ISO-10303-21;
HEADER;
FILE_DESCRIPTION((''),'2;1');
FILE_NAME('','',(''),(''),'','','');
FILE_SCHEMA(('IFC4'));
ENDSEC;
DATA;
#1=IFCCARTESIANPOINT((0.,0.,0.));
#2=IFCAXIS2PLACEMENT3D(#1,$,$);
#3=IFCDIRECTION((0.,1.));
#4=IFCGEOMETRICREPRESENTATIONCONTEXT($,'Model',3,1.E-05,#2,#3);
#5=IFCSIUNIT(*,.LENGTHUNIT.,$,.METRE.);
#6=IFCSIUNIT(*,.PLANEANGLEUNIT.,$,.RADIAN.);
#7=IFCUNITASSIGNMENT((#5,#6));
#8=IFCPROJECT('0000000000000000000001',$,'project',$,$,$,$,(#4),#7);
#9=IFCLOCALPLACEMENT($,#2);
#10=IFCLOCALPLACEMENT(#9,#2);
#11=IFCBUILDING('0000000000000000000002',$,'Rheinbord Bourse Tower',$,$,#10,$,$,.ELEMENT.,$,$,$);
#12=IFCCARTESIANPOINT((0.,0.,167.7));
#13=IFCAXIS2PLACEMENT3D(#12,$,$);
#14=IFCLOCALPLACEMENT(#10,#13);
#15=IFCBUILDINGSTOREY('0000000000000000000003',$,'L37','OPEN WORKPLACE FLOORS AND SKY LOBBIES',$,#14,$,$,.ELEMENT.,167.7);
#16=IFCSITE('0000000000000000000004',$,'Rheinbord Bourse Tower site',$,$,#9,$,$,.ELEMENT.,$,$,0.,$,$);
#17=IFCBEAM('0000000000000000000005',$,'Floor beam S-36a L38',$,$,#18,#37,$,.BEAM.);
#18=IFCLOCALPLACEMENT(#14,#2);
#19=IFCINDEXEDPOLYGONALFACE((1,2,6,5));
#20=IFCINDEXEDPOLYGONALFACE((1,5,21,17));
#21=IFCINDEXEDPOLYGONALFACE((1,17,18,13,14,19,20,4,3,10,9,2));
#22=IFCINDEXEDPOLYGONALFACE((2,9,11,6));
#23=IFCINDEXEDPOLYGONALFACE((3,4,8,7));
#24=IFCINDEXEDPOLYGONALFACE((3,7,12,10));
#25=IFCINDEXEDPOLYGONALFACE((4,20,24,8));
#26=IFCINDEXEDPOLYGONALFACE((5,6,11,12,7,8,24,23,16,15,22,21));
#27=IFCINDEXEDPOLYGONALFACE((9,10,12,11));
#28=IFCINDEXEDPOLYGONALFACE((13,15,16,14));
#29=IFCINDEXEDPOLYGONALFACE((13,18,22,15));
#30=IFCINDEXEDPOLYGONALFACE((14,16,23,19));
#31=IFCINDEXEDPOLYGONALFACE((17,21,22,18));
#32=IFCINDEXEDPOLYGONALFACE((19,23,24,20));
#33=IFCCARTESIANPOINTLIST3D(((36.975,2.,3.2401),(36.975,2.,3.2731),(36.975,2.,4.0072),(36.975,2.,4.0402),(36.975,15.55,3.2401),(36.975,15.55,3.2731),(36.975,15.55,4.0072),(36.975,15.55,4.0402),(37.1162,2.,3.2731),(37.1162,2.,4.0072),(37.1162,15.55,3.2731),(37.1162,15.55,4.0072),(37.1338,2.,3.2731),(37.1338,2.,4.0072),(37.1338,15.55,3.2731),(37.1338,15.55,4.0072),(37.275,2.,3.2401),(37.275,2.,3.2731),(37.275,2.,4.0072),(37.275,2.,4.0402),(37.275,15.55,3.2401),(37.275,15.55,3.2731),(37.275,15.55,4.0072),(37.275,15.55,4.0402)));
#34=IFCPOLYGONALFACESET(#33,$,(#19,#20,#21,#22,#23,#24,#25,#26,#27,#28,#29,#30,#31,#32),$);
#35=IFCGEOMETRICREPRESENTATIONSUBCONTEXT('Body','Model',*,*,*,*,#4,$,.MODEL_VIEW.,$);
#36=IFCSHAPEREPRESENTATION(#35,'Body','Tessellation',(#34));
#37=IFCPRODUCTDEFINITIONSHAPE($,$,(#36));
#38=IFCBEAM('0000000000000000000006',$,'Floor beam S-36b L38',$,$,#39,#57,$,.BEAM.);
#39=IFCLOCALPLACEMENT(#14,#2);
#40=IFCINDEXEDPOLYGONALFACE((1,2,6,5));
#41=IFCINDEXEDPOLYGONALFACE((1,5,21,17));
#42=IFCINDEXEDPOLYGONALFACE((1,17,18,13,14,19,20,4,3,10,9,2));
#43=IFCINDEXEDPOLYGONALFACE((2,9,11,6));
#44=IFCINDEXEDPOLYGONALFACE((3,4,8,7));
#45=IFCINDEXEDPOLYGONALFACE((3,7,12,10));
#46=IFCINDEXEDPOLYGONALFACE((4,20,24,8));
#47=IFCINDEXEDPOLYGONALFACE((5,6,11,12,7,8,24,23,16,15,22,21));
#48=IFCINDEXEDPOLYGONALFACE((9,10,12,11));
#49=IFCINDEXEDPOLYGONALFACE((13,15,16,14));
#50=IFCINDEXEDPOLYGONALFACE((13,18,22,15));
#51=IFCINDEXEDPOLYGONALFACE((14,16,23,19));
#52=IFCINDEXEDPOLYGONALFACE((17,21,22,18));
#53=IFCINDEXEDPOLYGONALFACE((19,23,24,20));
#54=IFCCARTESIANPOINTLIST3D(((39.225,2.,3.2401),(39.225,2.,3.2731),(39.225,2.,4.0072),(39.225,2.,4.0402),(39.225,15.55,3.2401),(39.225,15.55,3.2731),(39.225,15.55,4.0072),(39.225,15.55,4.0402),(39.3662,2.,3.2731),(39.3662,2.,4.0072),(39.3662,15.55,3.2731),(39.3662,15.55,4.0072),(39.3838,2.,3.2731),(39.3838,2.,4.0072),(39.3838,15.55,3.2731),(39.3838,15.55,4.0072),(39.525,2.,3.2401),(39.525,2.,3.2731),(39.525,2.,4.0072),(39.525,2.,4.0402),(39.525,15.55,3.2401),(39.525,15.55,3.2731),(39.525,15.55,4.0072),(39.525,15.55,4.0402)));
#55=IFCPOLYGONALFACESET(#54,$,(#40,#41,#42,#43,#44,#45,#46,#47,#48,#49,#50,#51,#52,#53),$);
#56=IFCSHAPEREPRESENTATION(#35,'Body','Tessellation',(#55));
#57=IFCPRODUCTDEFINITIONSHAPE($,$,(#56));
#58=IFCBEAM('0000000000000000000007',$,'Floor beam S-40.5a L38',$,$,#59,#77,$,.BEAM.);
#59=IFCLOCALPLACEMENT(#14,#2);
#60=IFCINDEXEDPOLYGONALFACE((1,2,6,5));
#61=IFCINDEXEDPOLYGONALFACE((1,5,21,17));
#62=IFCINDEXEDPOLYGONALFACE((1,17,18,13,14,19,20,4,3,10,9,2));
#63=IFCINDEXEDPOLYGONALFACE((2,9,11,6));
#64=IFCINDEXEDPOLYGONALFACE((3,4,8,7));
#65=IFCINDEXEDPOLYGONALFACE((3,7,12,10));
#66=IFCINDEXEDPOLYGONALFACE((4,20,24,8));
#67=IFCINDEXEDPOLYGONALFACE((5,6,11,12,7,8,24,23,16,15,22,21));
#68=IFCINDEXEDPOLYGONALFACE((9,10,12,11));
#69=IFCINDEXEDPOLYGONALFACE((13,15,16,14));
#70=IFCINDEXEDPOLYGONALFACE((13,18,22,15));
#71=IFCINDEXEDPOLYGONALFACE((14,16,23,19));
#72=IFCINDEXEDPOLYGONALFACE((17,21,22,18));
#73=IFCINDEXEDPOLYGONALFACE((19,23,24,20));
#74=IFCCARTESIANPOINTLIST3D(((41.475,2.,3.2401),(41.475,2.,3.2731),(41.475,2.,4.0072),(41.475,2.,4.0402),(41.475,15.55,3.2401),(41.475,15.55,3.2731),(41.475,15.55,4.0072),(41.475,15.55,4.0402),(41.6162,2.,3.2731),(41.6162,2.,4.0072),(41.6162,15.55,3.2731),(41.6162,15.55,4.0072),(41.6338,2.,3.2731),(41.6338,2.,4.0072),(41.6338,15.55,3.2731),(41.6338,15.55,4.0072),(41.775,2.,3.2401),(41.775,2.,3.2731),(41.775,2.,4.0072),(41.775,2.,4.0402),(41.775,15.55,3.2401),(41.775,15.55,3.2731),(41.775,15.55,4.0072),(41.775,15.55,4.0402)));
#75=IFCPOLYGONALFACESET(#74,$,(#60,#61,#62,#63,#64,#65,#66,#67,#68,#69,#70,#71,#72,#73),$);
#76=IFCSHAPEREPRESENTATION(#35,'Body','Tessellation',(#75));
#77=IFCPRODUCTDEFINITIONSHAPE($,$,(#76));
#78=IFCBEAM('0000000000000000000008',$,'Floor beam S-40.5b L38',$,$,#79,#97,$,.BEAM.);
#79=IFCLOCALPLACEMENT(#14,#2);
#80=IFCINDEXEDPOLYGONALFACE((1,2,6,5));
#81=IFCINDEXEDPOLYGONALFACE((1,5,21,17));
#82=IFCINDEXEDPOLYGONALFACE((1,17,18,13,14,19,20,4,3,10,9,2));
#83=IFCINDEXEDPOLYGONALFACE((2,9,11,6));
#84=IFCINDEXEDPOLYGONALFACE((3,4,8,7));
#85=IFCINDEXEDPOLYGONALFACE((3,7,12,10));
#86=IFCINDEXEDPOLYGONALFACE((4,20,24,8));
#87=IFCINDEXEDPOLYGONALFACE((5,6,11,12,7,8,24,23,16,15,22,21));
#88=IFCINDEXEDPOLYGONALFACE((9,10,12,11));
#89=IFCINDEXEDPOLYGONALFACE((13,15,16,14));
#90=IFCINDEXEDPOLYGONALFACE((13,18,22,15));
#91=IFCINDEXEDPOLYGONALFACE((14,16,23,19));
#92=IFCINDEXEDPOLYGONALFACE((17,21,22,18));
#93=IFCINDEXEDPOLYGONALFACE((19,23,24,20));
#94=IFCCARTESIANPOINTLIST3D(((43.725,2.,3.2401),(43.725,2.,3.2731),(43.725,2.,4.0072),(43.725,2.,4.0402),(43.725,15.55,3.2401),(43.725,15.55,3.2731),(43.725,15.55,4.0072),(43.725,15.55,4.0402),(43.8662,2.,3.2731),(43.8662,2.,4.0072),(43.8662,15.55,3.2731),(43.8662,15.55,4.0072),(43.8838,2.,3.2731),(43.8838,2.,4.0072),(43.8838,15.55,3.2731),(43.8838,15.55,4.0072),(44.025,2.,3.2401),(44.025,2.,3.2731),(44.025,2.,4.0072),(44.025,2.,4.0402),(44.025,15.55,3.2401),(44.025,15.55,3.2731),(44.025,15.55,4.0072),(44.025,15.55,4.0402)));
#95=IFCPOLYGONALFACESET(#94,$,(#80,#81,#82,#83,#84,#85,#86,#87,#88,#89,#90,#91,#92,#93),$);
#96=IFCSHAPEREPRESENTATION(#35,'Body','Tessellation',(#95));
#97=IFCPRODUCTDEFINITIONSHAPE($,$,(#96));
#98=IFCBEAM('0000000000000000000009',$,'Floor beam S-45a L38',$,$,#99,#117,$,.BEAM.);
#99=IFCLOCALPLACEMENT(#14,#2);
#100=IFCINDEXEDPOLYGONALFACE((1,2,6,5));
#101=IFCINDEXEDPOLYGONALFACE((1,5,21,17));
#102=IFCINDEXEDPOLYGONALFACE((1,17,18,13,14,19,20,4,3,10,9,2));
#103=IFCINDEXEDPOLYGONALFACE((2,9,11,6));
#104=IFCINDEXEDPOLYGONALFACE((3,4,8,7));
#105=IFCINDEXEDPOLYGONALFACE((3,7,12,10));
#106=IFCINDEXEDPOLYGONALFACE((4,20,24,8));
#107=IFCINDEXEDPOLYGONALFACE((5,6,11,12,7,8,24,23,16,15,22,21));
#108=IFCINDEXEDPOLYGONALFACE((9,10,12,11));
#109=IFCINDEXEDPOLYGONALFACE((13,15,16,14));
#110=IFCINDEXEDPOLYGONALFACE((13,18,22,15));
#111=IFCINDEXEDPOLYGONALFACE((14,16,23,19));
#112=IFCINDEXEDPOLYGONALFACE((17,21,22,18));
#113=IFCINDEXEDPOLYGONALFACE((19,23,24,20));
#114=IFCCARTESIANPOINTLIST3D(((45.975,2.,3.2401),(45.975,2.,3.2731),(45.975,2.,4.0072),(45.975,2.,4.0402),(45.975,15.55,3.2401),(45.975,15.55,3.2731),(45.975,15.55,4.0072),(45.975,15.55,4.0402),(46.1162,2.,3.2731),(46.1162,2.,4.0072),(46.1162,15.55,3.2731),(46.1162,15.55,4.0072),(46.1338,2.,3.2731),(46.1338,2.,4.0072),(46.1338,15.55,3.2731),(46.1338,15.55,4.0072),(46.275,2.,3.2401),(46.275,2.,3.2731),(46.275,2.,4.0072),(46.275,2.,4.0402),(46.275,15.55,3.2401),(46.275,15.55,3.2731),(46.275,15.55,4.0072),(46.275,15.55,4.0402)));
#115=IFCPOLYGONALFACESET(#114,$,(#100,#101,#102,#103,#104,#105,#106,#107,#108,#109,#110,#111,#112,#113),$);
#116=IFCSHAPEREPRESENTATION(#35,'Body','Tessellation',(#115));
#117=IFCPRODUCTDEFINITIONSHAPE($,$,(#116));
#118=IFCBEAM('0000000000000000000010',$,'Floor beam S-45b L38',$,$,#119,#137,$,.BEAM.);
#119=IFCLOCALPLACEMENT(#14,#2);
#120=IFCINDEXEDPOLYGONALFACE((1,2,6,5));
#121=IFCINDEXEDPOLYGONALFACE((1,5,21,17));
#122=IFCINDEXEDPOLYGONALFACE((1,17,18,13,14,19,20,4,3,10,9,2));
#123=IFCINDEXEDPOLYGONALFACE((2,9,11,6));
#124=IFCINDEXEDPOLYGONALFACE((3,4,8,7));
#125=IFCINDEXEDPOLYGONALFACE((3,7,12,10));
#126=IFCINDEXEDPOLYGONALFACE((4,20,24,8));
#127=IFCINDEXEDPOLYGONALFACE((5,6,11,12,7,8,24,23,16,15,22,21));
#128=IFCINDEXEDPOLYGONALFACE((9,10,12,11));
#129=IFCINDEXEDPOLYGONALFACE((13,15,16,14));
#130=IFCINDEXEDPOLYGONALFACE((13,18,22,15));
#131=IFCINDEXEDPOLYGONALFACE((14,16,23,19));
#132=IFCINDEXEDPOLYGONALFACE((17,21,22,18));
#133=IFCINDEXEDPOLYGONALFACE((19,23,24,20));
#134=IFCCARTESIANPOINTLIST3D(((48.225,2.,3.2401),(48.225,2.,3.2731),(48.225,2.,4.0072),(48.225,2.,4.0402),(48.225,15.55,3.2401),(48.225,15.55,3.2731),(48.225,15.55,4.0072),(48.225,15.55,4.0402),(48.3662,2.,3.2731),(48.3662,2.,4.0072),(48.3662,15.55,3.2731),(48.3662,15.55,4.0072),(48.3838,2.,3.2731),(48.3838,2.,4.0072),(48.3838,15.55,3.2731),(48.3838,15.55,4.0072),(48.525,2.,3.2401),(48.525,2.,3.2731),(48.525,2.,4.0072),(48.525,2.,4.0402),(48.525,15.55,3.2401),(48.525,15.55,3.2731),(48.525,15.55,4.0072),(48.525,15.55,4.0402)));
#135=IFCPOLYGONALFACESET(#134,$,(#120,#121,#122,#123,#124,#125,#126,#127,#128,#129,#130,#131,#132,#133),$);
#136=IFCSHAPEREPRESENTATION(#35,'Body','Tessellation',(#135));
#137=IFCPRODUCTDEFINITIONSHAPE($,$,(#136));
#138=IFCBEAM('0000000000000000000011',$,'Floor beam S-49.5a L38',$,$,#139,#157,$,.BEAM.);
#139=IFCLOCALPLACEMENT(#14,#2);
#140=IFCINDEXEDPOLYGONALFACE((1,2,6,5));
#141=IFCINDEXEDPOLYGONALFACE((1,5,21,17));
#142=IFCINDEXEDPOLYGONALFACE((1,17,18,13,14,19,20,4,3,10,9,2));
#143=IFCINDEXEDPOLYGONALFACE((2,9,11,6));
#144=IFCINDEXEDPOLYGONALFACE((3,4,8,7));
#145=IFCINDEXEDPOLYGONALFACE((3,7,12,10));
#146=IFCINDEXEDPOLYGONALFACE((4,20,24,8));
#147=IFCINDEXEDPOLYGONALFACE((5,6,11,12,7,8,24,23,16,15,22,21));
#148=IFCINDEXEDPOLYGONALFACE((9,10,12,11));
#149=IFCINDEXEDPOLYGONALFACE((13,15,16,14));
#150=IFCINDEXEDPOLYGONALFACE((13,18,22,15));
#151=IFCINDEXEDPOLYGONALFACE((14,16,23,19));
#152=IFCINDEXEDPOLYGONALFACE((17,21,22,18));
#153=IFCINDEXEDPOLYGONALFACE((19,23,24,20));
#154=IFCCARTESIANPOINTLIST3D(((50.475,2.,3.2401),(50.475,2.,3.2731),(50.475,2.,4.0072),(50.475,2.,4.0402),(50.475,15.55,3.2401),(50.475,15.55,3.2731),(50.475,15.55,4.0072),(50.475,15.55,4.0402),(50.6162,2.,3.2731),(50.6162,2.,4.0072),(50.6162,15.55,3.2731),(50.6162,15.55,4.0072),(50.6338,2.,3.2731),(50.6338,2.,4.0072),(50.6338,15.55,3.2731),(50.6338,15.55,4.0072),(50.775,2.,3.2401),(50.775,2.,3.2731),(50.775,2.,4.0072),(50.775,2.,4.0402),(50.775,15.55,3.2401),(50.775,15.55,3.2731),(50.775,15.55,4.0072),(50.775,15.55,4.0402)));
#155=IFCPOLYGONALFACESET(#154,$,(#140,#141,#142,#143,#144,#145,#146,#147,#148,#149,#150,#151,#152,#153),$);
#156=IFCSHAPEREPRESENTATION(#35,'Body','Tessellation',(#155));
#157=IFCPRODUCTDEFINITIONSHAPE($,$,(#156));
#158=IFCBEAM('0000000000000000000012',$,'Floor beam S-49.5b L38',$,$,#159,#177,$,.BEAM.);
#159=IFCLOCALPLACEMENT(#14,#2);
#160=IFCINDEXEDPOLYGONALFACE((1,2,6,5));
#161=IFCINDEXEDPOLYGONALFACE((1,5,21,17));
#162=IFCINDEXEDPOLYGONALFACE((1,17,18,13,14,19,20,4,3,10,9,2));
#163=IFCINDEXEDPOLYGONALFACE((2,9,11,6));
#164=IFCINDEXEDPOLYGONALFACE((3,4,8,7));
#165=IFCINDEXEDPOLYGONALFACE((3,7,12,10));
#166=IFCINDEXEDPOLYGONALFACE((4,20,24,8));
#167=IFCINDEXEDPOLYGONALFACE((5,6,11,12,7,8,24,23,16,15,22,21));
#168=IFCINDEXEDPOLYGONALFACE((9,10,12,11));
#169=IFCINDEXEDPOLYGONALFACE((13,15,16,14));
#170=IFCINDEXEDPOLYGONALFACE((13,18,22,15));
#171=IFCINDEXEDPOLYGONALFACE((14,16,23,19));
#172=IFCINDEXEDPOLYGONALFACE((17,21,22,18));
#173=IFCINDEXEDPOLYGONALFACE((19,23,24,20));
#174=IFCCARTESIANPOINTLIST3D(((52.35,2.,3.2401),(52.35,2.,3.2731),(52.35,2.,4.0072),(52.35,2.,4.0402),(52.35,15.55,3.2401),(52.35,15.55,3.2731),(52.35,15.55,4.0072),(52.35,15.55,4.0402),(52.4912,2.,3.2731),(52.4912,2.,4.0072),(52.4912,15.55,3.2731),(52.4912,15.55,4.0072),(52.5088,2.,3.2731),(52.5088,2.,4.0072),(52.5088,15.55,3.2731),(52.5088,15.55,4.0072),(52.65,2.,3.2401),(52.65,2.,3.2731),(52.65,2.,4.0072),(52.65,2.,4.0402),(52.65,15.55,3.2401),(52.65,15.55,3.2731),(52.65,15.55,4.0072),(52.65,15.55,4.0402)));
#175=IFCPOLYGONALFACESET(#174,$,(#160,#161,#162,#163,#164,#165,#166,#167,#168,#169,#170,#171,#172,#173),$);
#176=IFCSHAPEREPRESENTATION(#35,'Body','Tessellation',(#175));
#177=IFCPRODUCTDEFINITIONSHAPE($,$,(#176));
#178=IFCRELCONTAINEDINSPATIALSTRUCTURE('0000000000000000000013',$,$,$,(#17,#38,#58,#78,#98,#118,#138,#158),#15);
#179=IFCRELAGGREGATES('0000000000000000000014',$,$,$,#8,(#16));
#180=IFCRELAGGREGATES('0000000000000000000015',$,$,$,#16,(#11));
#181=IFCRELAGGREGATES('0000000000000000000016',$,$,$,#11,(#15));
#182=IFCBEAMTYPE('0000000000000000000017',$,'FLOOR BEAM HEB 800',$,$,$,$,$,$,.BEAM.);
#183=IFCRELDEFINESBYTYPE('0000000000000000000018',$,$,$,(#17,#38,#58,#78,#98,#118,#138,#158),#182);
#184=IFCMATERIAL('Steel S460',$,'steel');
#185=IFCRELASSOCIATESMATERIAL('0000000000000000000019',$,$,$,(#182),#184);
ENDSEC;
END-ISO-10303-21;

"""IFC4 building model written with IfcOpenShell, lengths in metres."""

from ifc_helpers import new_model, si_unit, direction, frame, origin, origin_2d, place, context, subcontext, project, spatial, i_section, extrude, material, material_profile, profile_set, type_object, element, save


model = new_model("IFC4")

# Units and contexts
model_context = context("Model", 3, precision=1e-05, world=origin(), true_north=direction((0.0, 1.0)))
body_context = subcontext(model_context, "Body", "Model", "MODEL_VIEW")
ifc_project = project(units=[si_unit("LENGTHUNIT", "METRE"), si_unit("PLANEANGLEUNIT", "RADIAN")], contexts=[model_context])

# Site, building, storey
site_placement = place(None, origin())
site = spatial("IfcSite", under=ifc_project, at=site_placement, Name="Rheinbord Bourse Tower site", CompositionType="ELEMENT", RefElevation=0.0)
building_placement = place(site_placement, origin())
building = spatial("IfcBuilding", under=site, at=building_placement, Name="Rheinbord Bourse Tower", CompositionType="ELEMENT")
storey_placement = place(building_placement, frame((0.0, 0.0, 167.7)))
storey = spatial("IfcBuildingStorey", under=building, at=storey_placement, Name="L37", Description="OPEN WORKPLACE FLOORS AND SKY LOBBIES", CompositionType="ELEMENT", Elevation=167.7)

# Beams
ifc_material_1 = material(Name="Steel S460", Category="steel")
ifc_material_profile_1 = material_profile(ifc_material_1, i_section(OverallWidth=0.3, OverallDepth=0.8, WebThickness=0.0176, FlangeThickness=0.033, at=origin_2d()), Name="HEB 800")
ifc_profile_set_1 = profile_set([ifc_material_profile_1], Name="Steel S460")
beam_type_1 = type_object("IfcBeamType", Name="FLOOR BEAM HEB 800", PredefinedType="BEAM", material=ifc_profile_set_1)
for number, where, z_axis, x_axis, name in (
    (1, (37.125, 2.0, 3.6401), (0.0, 1.0, 0.0), (-1.0, 0.0, 0.0), "Floor beam S-36a L38"),
    (2, (39.375, 2.0, 3.6401), (0.0, 1.0, 0.0), (-1.0, 0.0, 0.0), "Floor beam S-36b L38"),
    (3, (41.625, 2.0, 3.6401), (0.0, 1.0, 0.0), (-1.0, 0.0, 0.0), "Floor beam S-40.5a L38"),
    (4, (43.875, 2.0, 3.6401), (0.0, 1.0, 0.0), (-1.0, 0.0, 0.0), "Floor beam S-40.5b L38"),
    (5, (46.125, 2.0, 3.6401), (0.0, 1.0, 0.0), (-1.0, 0.0, 0.0), "Floor beam S-45a L38"),
    (6, (48.375, 2.0, 3.6401), (0.0, 1.0, 0.0), (-1.0, 0.0, 0.0), "Floor beam S-45b L38"),
    (7, (50.625, 2.0, 3.6401), (0.0, 1.0, 0.0), (-1.0, 0.0, 0.0), "Floor beam S-49.5a L38"),
    (8, (52.5, 2.0, 3.6401), (0.0, 1.0, 0.0), (-1.0, 0.0, 0.0), "Floor beam S-49.5b L38"),
):
    element("IfcBeam", number, at=place(storey_placement, frame(where, z_axis=z_axis, x_axis=x_axis)), inside=storey, type_object=beam_type_1, Name=name, PredefinedType="BEAM", context=body_context, shape_type="SweptSolid", body=[
        extrude(i_section(OverallWidth=0.3, OverallDepth=0.8, WebThickness=0.0176, FlangeThickness=0.033, at=origin_2d()), origin(), (0.0, 0.0, 1.0), 13.55),
    ])

save(model, "model.ifc")
